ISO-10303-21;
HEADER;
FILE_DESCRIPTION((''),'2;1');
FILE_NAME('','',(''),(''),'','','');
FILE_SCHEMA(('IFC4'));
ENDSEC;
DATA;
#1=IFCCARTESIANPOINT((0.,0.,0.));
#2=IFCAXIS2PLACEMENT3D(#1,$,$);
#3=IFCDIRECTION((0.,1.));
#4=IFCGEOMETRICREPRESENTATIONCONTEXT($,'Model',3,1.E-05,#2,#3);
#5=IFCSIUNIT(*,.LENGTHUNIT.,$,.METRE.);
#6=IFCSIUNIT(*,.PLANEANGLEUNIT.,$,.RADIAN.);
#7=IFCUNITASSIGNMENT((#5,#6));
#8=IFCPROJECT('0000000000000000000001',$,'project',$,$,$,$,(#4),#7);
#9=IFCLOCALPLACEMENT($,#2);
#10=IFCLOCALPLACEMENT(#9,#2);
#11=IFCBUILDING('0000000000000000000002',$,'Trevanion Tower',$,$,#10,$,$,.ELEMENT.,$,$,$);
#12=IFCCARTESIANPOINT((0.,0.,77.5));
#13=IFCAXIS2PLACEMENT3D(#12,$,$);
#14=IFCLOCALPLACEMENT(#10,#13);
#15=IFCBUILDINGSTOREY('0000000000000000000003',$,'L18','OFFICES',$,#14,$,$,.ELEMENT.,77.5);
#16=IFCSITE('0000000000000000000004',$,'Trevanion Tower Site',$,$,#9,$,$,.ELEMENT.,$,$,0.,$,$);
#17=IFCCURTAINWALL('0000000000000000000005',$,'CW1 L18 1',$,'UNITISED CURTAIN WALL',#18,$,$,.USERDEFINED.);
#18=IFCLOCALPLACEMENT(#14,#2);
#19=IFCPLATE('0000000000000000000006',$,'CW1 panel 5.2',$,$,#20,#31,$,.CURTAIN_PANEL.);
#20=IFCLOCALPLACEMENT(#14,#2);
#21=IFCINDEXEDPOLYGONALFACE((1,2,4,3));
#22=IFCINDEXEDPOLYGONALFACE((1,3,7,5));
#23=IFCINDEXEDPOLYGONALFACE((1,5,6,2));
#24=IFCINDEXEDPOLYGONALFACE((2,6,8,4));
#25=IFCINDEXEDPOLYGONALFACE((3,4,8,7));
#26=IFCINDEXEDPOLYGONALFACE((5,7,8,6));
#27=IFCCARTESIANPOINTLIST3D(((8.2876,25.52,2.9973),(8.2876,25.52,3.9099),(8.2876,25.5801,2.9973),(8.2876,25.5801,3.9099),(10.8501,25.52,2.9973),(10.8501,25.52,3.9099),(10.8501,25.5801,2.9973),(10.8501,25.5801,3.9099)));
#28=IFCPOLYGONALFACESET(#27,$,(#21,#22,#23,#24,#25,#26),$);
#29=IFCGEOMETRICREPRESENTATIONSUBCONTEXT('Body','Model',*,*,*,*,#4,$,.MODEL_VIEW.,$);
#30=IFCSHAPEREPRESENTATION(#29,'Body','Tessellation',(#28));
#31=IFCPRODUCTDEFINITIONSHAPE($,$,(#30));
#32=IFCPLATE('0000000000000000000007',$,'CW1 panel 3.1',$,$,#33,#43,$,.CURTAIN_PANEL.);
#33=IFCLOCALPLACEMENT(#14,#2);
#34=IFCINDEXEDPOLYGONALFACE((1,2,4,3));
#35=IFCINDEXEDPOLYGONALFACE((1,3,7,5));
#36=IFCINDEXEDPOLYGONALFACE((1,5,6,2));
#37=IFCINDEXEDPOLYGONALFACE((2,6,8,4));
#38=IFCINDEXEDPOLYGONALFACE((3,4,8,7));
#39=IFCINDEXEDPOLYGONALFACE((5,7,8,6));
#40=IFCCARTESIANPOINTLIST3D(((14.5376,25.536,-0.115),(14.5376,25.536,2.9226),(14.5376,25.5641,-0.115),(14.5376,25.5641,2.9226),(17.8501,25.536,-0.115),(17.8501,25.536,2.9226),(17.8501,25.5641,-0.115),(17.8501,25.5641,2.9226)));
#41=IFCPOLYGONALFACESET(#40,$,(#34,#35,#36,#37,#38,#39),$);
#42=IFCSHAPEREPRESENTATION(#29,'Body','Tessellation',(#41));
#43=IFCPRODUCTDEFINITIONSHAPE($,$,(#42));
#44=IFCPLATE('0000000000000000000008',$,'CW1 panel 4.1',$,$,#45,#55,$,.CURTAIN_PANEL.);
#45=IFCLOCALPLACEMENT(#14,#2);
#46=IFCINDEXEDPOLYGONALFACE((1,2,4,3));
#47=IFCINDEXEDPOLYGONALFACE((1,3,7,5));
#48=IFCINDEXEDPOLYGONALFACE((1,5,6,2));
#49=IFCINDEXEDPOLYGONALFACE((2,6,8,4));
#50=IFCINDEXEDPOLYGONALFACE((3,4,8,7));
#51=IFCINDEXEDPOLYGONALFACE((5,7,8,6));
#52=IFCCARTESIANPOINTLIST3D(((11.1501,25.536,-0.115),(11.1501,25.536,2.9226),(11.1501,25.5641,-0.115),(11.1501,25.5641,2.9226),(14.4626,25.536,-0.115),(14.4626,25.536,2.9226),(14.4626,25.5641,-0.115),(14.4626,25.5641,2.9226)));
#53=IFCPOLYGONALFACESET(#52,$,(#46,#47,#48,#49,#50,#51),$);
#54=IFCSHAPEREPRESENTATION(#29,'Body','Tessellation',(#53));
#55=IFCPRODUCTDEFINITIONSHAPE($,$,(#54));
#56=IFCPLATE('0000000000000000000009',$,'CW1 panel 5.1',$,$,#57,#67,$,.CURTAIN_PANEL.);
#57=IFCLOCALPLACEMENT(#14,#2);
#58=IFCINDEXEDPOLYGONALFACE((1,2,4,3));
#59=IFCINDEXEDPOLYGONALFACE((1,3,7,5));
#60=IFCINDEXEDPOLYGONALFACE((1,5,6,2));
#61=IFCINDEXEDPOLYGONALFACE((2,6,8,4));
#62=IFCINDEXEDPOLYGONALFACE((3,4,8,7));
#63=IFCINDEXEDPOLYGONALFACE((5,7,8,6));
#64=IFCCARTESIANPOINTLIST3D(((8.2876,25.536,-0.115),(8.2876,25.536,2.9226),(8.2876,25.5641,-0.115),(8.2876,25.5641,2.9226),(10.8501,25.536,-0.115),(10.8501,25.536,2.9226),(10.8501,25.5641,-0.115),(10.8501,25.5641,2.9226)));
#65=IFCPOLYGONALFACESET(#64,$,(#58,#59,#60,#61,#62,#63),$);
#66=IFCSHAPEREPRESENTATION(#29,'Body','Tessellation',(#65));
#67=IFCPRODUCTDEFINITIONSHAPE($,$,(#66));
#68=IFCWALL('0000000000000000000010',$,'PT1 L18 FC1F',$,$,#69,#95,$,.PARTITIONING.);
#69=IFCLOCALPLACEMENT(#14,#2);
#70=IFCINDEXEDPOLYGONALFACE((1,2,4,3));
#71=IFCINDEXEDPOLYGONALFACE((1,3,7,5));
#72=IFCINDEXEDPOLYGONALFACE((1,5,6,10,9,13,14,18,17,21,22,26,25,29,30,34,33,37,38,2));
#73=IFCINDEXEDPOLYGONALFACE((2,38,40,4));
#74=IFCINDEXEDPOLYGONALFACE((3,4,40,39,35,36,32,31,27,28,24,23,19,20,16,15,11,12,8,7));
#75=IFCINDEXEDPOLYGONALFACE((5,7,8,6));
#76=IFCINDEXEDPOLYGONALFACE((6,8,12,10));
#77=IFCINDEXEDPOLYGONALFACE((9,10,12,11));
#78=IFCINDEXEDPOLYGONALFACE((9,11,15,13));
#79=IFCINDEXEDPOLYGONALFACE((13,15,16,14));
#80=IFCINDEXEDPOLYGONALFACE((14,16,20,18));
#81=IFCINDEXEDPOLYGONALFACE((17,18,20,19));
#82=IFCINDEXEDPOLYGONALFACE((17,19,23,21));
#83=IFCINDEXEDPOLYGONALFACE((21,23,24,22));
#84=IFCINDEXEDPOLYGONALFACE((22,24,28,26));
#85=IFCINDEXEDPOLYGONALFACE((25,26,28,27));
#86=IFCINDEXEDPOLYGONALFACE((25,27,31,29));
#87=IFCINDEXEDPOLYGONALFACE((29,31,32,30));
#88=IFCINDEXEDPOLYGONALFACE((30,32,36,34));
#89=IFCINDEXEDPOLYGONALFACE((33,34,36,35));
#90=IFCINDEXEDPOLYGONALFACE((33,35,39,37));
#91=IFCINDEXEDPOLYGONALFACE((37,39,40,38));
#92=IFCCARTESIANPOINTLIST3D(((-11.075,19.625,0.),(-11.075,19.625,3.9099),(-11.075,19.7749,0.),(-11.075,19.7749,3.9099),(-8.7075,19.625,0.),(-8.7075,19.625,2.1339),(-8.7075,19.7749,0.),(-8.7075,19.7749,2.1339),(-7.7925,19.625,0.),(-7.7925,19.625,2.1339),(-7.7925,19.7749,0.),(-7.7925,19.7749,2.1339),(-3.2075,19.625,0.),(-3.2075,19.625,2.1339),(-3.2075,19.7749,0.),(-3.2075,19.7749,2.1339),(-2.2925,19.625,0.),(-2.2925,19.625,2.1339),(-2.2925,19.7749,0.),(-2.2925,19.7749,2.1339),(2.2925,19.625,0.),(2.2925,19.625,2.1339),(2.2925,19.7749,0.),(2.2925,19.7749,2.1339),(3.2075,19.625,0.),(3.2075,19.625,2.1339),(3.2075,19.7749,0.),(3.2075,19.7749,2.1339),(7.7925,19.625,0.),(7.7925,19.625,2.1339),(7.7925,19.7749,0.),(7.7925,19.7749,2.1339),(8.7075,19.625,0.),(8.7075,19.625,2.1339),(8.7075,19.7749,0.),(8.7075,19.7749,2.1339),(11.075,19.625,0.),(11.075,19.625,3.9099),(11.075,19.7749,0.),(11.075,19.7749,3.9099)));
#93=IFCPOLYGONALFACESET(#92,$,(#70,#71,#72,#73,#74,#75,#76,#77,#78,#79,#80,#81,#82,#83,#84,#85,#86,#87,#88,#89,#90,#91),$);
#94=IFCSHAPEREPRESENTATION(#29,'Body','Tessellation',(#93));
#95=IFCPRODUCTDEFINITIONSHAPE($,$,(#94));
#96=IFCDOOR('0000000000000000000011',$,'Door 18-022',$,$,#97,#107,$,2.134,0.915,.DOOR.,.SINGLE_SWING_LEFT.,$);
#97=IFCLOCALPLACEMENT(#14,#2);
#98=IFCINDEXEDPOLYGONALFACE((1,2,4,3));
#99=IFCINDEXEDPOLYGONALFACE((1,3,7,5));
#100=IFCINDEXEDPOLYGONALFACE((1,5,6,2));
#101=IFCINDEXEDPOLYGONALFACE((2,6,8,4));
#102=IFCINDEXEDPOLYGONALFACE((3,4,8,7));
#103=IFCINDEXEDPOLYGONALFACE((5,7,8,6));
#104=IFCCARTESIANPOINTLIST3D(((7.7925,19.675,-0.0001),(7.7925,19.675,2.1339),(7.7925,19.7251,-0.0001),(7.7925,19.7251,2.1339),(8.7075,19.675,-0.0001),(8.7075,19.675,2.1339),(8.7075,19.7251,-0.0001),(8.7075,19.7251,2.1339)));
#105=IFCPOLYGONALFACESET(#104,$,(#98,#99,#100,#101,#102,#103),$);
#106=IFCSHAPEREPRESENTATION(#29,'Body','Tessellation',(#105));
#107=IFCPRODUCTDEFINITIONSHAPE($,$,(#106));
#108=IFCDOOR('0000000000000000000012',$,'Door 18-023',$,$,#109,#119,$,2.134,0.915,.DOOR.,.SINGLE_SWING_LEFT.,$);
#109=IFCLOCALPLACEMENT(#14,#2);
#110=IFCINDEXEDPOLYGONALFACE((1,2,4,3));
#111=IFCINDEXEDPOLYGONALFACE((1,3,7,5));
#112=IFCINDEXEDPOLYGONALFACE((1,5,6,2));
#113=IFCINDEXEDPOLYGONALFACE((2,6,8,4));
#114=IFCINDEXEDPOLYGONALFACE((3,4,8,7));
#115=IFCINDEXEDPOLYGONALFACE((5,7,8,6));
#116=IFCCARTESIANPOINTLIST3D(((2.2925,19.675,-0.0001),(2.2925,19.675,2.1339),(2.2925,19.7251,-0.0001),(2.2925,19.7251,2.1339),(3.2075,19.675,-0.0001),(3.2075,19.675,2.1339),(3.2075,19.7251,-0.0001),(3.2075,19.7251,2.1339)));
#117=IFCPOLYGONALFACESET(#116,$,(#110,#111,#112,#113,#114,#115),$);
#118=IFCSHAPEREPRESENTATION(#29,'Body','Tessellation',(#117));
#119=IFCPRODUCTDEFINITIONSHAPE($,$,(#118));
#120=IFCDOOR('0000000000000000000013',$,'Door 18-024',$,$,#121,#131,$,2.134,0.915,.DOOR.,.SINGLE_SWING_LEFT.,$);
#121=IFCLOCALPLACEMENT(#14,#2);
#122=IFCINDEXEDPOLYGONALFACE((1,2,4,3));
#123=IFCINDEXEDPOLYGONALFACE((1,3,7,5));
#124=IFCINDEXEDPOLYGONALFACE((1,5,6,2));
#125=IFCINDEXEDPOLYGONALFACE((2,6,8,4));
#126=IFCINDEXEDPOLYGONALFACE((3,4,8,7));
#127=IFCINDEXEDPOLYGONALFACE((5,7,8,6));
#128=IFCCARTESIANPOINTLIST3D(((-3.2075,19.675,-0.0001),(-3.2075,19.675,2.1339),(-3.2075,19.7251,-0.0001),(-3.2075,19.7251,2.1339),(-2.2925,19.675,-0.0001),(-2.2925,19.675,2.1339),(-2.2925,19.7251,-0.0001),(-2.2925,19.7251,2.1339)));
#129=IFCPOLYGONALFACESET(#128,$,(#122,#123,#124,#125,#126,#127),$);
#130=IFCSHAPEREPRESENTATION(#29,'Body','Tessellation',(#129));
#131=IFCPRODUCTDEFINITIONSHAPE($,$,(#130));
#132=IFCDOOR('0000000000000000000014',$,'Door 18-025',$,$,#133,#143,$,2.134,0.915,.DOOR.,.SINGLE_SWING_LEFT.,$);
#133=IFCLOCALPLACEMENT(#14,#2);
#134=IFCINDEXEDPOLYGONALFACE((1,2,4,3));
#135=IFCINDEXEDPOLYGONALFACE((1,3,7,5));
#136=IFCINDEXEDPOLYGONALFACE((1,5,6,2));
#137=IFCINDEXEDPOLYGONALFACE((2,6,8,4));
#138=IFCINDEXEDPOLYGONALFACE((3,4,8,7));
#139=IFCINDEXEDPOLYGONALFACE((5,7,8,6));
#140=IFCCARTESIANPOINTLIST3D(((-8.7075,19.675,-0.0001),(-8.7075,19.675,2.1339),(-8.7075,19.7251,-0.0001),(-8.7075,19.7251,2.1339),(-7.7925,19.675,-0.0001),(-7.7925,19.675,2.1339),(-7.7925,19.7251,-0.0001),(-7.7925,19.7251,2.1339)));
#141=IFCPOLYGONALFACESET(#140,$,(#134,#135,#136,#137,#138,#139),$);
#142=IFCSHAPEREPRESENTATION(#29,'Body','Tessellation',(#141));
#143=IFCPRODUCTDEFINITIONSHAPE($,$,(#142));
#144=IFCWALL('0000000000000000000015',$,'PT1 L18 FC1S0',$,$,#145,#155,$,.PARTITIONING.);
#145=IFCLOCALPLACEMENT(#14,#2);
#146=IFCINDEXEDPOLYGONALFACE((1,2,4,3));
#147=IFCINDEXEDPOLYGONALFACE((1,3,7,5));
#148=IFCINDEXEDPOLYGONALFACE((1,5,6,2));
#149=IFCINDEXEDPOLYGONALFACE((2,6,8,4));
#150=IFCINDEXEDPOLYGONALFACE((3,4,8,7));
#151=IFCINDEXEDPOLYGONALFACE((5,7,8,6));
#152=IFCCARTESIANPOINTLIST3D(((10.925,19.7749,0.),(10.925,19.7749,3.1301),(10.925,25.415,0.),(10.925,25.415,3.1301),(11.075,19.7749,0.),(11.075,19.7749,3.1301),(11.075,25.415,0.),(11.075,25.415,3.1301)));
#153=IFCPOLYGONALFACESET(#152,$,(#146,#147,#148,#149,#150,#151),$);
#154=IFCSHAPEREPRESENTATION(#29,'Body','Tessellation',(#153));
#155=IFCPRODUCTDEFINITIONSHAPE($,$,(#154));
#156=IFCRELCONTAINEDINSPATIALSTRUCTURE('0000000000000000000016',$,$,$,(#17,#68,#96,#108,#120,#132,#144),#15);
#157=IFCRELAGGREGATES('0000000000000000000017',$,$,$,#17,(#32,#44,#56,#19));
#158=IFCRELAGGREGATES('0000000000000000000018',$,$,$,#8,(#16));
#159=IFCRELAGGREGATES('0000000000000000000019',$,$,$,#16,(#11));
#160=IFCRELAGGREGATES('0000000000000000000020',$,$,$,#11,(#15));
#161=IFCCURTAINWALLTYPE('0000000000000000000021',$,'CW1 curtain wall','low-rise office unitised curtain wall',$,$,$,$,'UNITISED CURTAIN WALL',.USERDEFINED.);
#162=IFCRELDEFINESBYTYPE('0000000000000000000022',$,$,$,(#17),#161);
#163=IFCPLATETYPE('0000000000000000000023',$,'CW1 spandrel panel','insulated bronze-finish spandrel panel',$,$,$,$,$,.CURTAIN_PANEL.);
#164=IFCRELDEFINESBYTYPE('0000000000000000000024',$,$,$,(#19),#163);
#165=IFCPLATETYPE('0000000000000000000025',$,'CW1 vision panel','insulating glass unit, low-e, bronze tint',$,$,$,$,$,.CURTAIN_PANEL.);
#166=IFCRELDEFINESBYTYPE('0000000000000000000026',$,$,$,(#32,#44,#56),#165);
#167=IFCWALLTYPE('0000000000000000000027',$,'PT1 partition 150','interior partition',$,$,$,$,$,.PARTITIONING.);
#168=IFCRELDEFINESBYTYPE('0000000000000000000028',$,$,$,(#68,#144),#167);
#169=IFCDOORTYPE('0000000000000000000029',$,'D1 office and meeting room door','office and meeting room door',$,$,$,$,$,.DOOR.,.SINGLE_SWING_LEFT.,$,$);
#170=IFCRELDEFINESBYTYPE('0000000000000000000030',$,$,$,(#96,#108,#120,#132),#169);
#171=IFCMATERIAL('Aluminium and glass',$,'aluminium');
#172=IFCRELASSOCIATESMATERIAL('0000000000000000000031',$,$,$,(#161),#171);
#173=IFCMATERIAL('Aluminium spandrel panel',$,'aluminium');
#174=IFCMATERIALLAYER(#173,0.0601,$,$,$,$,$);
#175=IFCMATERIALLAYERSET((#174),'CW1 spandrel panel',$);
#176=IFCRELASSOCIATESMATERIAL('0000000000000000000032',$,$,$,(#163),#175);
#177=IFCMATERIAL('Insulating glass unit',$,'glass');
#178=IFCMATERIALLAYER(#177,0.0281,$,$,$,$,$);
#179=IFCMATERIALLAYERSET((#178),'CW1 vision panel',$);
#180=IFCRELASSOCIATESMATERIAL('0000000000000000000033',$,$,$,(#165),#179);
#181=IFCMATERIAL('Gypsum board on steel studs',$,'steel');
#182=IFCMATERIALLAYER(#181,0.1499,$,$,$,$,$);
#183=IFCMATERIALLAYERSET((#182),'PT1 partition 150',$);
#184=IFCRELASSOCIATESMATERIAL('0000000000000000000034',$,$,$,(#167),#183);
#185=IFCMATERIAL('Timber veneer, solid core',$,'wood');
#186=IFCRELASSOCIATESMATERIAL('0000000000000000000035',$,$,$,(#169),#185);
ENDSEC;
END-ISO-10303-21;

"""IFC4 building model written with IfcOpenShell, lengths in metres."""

from ifc_helpers import new_model, si_unit, direction, frame, frame_2d, origin, origin_2d, place, context, subcontext, project, spatial, rectangle, extrude, material, layer, layer_set, type_object, element, fill, aggregate, save


model = new_model("IFC4")

# Units and contexts
model_context = context("Model", 3, precision=1e-05, world=origin(), true_north=direction((0.0, 1.0)))
body_context = subcontext(model_context, "Body", "Model", "MODEL_VIEW")
ifc_project = project(units=[si_unit("LENGTHUNIT", "METRE"), si_unit("PLANEANGLEUNIT", "RADIAN")], contexts=[model_context])

# Site, building, storey
site_placement = place(None, origin())
site = spatial("IfcSite", under=ifc_project, at=site_placement, Name="Trevanion Tower Site", CompositionType="ELEMENT", RefElevation=0.0)
building_placement = place(site_placement, origin())
building = spatial("IfcBuilding", under=site, at=building_placement, Name="Trevanion Tower", CompositionType="ELEMENT")
storey_placement = place(building_placement, frame((0.0, 0.0, 77.5)))
storey = spatial("IfcBuildingStorey", under=building, at=storey_placement, Name="L18", Description="OFFICES", CompositionType="ELEMENT", Elevation=77.5)

# Curtain wall
ifc_material_1 = material(Name="Aluminium and glass", Category="aluminium")
curtain_wall_type = type_object("IfcCurtainWallType", Name="CW1 curtain wall", Description="low-rise office unitised curtain wall", ElementType="UNITISED CURTAIN WALL", PredefinedType="USERDEFINED", material=ifc_material_1)
curtain_wall_placement = place(storey_placement, origin())
curtain_wall = element("IfcCurtainWall", 1, at=curtain_wall_placement, inside=storey, type_object=curtain_wall_type, Name="CW1 L18 1", ObjectType="UNITISED CURTAIN WALL", PredefinedType="USERDEFINED")

# Plates
ifc_material_2 = material(Name="Aluminium spandrel panel", Category="aluminium")
ifc_layer_1 = layer(ifc_material_2, 0.0601)
ifc_layer_set_1 = layer_set([ifc_layer_1], Name="CW1 spandrel panel")
plate_type_1 = type_object("IfcPlateType", Name="CW1 spandrel panel", Description="insulated bronze-finish spandrel panel", PredefinedType="CURTAIN_PANEL", material=ifc_layer_set_1)
plate_1_placement = place(storey_placement, frame((9.5688, 25.55, 2.9973), z_axis=(0.0, 0.0, 1.0), x_axis=(-1.0, 0.0, 0.0)))
plate_1 = element("IfcPlate", 2, at=plate_1_placement, type_object=plate_type_1, Name="CW1 panel 5.2", PredefinedType="CURTAIN_PANEL", context=body_context, shape_type="SweptSolid", body=[
    extrude(rectangle(XDim=2.5625, YDim=0.0601, at=origin_2d()), origin(), (0.0, 0.0, 1.0), 0.9126),
])
ifc_material_3 = material(Name="Insulating glass unit", Category="glass")
ifc_layer_2 = layer(ifc_material_3, 0.0281)
ifc_layer_set_2 = layer_set([ifc_layer_2], Name="CW1 vision panel")
plate_type_2 = type_object("IfcPlateType", Name="CW1 vision panel", Description="insulating glass unit, low-e, bronze tint", PredefinedType="CURTAIN_PANEL", material=ifc_layer_set_2)
plate_2_placement = place(storey_placement, frame((16.1938, 25.55, -0.115), z_axis=(0.0, 0.0, 1.0), x_axis=(-1.0, 0.0, 0.0)))
plate_2 = element("IfcPlate", 3, at=plate_2_placement, type_object=plate_type_2, Name="CW1 panel 3.1", PredefinedType="CURTAIN_PANEL", context=body_context, shape_type="SweptSolid", body=[
    extrude(rectangle(XDim=3.3125, YDim=0.0281, at=origin_2d()), origin(), (0.0, 0.0, 1.0), 3.0376),
])
plate_3_placement = place(storey_placement, frame((12.8064, 25.55, -0.115), z_axis=(0.0, 0.0, 1.0), x_axis=(-1.0, 0.0, 0.0)))
plate_3 = element("IfcPlate", 4, at=plate_3_placement, type_object=plate_type_2, Name="CW1 panel 4.1", PredefinedType="CURTAIN_PANEL", context=body_context, shape_type="SweptSolid", body=[
    extrude(rectangle(XDim=3.3125, YDim=0.0281, at=origin_2d()), origin(), (0.0, 0.0, 1.0), 3.0376),
])
plate_4_placement = place(storey_placement, frame((9.5688, 25.55, -0.115), z_axis=(0.0, 0.0, 1.0), x_axis=(-1.0, 0.0, 0.0)))
plate_4 = element("IfcPlate", 5, at=plate_4_placement, type_object=plate_type_2, Name="CW1 panel 5.1", PredefinedType="CURTAIN_PANEL", context=body_context, shape_type="SweptSolid", body=[
    extrude(rectangle(XDim=2.5625, YDim=0.0281, at=origin_2d()), origin(), (0.0, 0.0, 1.0), 3.0376),
])
aggregate(curtain_wall, [plate_2, plate_3, plate_4, plate_1])

# Wall, openings, doors
ifc_material_4 = material(Name="Gypsum board on steel studs", Category="steel")
ifc_layer_3 = layer(ifc_material_4, 0.1499)
ifc_layer_set_3 = layer_set([ifc_layer_3], Name="PT1 partition 150")
wall_type = type_object("IfcWallType", Name="PT1 partition 150", Description="interior partition", PredefinedType="PARTITIONING", material=ifc_layer_set_3)
wall_1_placement = place(storey_placement, frame((11.075, 19.7, 0.0), z_axis=(0.0, 0.0, 1.0), x_axis=(-1.0, 0.0, 0.0)))
wall_1 = element("IfcWall", 6, at=wall_1_placement, inside=storey, type_object=wall_type, Name="PT1 L18 FC1F", PredefinedType="PARTITIONING", context=body_context, shape_type="SweptSolid", body=[
    extrude(rectangle(XDim=22.1499, YDim=0.1499, at=frame_2d((11.075, 0.0))), origin(), (0.0, 0.0, 1.0), 3.9099),
])
opening_1_placement = place(wall_1_placement, frame((2.3674, 0.0, 0.0)))
opening_1 = element("IfcOpeningElement", 7, at=opening_1_placement, cuts=wall_1, PredefinedType="OPENING", context=body_context, shape_type="SweptSolid", body=[
    extrude(rectangle(XDim=0.915, YDim=2.134, at=frame_2d((0.4575, 1.0669))), frame((0.0, 0.085, 0.0), z_axis=(0.0, -1.0, 0.0), x_axis=(1.0, 0.0, 0.0)), (0.0, 0.0, 1.0), 0.1699),
])
opening_2_placement = place(wall_1_placement, frame((7.8674, 0.0, 0.0)))
opening_2 = element("IfcOpeningElement", 8, at=opening_2_placement, cuts=wall_1, PredefinedType="OPENING", context=body_context, shape_type="SweptSolid", body=[
    extrude(rectangle(XDim=0.915, YDim=2.134, at=frame_2d((0.4575, 1.0669))), frame((0.0, 0.085, 0.0), z_axis=(0.0, -1.0, 0.0), x_axis=(1.0, 0.0, 0.0)), (0.0, 0.0, 1.0), 0.1699),
])
opening_3_placement = place(wall_1_placement, frame((13.3674, 0.0, 0.0)))
opening_3 = element("IfcOpeningElement", 9, at=opening_3_placement, cuts=wall_1, PredefinedType="OPENING", context=body_context, shape_type="SweptSolid", body=[
    extrude(rectangle(XDim=0.915, YDim=2.134, at=frame_2d((0.4575, 1.0669))), frame((0.0, 0.085, 0.0), z_axis=(0.0, -1.0, 0.0), x_axis=(1.0, 0.0, 0.0)), (0.0, 0.0, 1.0), 0.1699),
])
opening_4_placement = place(wall_1_placement, frame((18.8674, 0.0, 0.0)))
opening_4 = element("IfcOpeningElement", 10, at=opening_4_placement, cuts=wall_1, PredefinedType="OPENING", context=body_context, shape_type="SweptSolid", body=[
    extrude(rectangle(XDim=0.915, YDim=2.134, at=frame_2d((0.4575, 1.0669))), frame((0.0, 0.085, 0.0), z_axis=(0.0, -1.0, 0.0), x_axis=(1.0, 0.0, 0.0)), (0.0, 0.0, 1.0), 0.1699),
])
ifc_material_5 = material(Name="Timber veneer, solid core", Category="wood")
door_type = type_object("IfcDoorType", Name="D1 office and meeting room door", Description="office and meeting room door", OperationType="SINGLE_SWING_LEFT", PredefinedType="DOOR", material=ifc_material_5)
door_1_placement = place(opening_1_placement, origin())
door_1 = element("IfcDoor", 11, at=door_1_placement, inside=storey, type_object=door_type, Name="Door 18-022", OperationType="SINGLE_SWING_LEFT", OverallHeight=2.134, OverallWidth=0.915, PredefinedType="DOOR", context=body_context, shape_type="SweptSolid", body=[
    extrude(rectangle(XDim=0.915, YDim=2.134, at=frame_2d((0.4575, 1.0669))), frame((0.0, 0.0249, 0.0), z_axis=(0.0, -1.0, 0.0), x_axis=(1.0, 0.0, 0.0)), (0.0, 0.0, 1.0), 0.05),
])
fill(opening_1, door_1)
door_2_placement = place(opening_2_placement, origin())
door_2 = element("IfcDoor", 12, at=door_2_placement, inside=storey, type_object=door_type, Name="Door 18-023", OperationType="SINGLE_SWING_LEFT", OverallHeight=2.134, OverallWidth=0.915, PredefinedType="DOOR", context=body_context, shape_type="SweptSolid", body=[
    extrude(rectangle(XDim=0.915, YDim=2.134, at=frame_2d((0.4575, 1.0669))), frame((0.0, 0.0249, 0.0), z_axis=(0.0, -1.0, 0.0), x_axis=(1.0, 0.0, 0.0)), (0.0, 0.0, 1.0), 0.05),
])
fill(opening_2, door_2)
door_3_placement = place(opening_3_placement, origin())
door_3 = element("IfcDoor", 13, at=door_3_placement, inside=storey, type_object=door_type, Name="Door 18-024", OperationType="SINGLE_SWING_LEFT", OverallHeight=2.134, OverallWidth=0.915, PredefinedType="DOOR", context=body_context, shape_type="SweptSolid", body=[
    extrude(rectangle(XDim=0.915, YDim=2.134, at=frame_2d((0.4575, 1.0669))), frame((0.0, 0.0249, 0.0), z_axis=(0.0, -1.0, 0.0), x_axis=(1.0, 0.0, 0.0)), (0.0, 0.0, 1.0), 0.05),
])
fill(opening_3, door_3)
door_4_placement = place(opening_4_placement, origin())
door_4 = element("IfcDoor", 14, at=door_4_placement, inside=storey, type_object=door_type, Name="Door 18-025", OperationType="SINGLE_SWING_LEFT", OverallHeight=2.134, OverallWidth=0.915, PredefinedType="DOOR", context=body_context, shape_type="SweptSolid", body=[
    extrude(rectangle(XDim=0.915, YDim=2.134, at=frame_2d((0.4575, 1.0669))), frame((0.0, 0.0249, 0.0), z_axis=(0.0, -1.0, 0.0), x_axis=(1.0, 0.0, 0.0)), (0.0, 0.0, 1.0), 0.05),
])
fill(opening_4, door_4)

# Wall
wall_2_placement = place(storey_placement, frame((11.0, 19.7749, 0.0), z_axis=(0.0, 0.0, 1.0), x_axis=(0.0, 1.0, 0.0)))
element("IfcWall", 15, at=wall_2_placement, inside=storey, type_object=wall_type, Name="PT1 L18 FC1S0", PredefinedType="PARTITIONING", context=body_context, shape_type="SweptSolid", body=[
    extrude(rectangle(XDim=5.6401, YDim=0.1499, at=frame_2d((2.8201, 0.0))), origin(), (0.0, 0.0, 1.0), 3.1301),
])

save(model, "model.ifc")
